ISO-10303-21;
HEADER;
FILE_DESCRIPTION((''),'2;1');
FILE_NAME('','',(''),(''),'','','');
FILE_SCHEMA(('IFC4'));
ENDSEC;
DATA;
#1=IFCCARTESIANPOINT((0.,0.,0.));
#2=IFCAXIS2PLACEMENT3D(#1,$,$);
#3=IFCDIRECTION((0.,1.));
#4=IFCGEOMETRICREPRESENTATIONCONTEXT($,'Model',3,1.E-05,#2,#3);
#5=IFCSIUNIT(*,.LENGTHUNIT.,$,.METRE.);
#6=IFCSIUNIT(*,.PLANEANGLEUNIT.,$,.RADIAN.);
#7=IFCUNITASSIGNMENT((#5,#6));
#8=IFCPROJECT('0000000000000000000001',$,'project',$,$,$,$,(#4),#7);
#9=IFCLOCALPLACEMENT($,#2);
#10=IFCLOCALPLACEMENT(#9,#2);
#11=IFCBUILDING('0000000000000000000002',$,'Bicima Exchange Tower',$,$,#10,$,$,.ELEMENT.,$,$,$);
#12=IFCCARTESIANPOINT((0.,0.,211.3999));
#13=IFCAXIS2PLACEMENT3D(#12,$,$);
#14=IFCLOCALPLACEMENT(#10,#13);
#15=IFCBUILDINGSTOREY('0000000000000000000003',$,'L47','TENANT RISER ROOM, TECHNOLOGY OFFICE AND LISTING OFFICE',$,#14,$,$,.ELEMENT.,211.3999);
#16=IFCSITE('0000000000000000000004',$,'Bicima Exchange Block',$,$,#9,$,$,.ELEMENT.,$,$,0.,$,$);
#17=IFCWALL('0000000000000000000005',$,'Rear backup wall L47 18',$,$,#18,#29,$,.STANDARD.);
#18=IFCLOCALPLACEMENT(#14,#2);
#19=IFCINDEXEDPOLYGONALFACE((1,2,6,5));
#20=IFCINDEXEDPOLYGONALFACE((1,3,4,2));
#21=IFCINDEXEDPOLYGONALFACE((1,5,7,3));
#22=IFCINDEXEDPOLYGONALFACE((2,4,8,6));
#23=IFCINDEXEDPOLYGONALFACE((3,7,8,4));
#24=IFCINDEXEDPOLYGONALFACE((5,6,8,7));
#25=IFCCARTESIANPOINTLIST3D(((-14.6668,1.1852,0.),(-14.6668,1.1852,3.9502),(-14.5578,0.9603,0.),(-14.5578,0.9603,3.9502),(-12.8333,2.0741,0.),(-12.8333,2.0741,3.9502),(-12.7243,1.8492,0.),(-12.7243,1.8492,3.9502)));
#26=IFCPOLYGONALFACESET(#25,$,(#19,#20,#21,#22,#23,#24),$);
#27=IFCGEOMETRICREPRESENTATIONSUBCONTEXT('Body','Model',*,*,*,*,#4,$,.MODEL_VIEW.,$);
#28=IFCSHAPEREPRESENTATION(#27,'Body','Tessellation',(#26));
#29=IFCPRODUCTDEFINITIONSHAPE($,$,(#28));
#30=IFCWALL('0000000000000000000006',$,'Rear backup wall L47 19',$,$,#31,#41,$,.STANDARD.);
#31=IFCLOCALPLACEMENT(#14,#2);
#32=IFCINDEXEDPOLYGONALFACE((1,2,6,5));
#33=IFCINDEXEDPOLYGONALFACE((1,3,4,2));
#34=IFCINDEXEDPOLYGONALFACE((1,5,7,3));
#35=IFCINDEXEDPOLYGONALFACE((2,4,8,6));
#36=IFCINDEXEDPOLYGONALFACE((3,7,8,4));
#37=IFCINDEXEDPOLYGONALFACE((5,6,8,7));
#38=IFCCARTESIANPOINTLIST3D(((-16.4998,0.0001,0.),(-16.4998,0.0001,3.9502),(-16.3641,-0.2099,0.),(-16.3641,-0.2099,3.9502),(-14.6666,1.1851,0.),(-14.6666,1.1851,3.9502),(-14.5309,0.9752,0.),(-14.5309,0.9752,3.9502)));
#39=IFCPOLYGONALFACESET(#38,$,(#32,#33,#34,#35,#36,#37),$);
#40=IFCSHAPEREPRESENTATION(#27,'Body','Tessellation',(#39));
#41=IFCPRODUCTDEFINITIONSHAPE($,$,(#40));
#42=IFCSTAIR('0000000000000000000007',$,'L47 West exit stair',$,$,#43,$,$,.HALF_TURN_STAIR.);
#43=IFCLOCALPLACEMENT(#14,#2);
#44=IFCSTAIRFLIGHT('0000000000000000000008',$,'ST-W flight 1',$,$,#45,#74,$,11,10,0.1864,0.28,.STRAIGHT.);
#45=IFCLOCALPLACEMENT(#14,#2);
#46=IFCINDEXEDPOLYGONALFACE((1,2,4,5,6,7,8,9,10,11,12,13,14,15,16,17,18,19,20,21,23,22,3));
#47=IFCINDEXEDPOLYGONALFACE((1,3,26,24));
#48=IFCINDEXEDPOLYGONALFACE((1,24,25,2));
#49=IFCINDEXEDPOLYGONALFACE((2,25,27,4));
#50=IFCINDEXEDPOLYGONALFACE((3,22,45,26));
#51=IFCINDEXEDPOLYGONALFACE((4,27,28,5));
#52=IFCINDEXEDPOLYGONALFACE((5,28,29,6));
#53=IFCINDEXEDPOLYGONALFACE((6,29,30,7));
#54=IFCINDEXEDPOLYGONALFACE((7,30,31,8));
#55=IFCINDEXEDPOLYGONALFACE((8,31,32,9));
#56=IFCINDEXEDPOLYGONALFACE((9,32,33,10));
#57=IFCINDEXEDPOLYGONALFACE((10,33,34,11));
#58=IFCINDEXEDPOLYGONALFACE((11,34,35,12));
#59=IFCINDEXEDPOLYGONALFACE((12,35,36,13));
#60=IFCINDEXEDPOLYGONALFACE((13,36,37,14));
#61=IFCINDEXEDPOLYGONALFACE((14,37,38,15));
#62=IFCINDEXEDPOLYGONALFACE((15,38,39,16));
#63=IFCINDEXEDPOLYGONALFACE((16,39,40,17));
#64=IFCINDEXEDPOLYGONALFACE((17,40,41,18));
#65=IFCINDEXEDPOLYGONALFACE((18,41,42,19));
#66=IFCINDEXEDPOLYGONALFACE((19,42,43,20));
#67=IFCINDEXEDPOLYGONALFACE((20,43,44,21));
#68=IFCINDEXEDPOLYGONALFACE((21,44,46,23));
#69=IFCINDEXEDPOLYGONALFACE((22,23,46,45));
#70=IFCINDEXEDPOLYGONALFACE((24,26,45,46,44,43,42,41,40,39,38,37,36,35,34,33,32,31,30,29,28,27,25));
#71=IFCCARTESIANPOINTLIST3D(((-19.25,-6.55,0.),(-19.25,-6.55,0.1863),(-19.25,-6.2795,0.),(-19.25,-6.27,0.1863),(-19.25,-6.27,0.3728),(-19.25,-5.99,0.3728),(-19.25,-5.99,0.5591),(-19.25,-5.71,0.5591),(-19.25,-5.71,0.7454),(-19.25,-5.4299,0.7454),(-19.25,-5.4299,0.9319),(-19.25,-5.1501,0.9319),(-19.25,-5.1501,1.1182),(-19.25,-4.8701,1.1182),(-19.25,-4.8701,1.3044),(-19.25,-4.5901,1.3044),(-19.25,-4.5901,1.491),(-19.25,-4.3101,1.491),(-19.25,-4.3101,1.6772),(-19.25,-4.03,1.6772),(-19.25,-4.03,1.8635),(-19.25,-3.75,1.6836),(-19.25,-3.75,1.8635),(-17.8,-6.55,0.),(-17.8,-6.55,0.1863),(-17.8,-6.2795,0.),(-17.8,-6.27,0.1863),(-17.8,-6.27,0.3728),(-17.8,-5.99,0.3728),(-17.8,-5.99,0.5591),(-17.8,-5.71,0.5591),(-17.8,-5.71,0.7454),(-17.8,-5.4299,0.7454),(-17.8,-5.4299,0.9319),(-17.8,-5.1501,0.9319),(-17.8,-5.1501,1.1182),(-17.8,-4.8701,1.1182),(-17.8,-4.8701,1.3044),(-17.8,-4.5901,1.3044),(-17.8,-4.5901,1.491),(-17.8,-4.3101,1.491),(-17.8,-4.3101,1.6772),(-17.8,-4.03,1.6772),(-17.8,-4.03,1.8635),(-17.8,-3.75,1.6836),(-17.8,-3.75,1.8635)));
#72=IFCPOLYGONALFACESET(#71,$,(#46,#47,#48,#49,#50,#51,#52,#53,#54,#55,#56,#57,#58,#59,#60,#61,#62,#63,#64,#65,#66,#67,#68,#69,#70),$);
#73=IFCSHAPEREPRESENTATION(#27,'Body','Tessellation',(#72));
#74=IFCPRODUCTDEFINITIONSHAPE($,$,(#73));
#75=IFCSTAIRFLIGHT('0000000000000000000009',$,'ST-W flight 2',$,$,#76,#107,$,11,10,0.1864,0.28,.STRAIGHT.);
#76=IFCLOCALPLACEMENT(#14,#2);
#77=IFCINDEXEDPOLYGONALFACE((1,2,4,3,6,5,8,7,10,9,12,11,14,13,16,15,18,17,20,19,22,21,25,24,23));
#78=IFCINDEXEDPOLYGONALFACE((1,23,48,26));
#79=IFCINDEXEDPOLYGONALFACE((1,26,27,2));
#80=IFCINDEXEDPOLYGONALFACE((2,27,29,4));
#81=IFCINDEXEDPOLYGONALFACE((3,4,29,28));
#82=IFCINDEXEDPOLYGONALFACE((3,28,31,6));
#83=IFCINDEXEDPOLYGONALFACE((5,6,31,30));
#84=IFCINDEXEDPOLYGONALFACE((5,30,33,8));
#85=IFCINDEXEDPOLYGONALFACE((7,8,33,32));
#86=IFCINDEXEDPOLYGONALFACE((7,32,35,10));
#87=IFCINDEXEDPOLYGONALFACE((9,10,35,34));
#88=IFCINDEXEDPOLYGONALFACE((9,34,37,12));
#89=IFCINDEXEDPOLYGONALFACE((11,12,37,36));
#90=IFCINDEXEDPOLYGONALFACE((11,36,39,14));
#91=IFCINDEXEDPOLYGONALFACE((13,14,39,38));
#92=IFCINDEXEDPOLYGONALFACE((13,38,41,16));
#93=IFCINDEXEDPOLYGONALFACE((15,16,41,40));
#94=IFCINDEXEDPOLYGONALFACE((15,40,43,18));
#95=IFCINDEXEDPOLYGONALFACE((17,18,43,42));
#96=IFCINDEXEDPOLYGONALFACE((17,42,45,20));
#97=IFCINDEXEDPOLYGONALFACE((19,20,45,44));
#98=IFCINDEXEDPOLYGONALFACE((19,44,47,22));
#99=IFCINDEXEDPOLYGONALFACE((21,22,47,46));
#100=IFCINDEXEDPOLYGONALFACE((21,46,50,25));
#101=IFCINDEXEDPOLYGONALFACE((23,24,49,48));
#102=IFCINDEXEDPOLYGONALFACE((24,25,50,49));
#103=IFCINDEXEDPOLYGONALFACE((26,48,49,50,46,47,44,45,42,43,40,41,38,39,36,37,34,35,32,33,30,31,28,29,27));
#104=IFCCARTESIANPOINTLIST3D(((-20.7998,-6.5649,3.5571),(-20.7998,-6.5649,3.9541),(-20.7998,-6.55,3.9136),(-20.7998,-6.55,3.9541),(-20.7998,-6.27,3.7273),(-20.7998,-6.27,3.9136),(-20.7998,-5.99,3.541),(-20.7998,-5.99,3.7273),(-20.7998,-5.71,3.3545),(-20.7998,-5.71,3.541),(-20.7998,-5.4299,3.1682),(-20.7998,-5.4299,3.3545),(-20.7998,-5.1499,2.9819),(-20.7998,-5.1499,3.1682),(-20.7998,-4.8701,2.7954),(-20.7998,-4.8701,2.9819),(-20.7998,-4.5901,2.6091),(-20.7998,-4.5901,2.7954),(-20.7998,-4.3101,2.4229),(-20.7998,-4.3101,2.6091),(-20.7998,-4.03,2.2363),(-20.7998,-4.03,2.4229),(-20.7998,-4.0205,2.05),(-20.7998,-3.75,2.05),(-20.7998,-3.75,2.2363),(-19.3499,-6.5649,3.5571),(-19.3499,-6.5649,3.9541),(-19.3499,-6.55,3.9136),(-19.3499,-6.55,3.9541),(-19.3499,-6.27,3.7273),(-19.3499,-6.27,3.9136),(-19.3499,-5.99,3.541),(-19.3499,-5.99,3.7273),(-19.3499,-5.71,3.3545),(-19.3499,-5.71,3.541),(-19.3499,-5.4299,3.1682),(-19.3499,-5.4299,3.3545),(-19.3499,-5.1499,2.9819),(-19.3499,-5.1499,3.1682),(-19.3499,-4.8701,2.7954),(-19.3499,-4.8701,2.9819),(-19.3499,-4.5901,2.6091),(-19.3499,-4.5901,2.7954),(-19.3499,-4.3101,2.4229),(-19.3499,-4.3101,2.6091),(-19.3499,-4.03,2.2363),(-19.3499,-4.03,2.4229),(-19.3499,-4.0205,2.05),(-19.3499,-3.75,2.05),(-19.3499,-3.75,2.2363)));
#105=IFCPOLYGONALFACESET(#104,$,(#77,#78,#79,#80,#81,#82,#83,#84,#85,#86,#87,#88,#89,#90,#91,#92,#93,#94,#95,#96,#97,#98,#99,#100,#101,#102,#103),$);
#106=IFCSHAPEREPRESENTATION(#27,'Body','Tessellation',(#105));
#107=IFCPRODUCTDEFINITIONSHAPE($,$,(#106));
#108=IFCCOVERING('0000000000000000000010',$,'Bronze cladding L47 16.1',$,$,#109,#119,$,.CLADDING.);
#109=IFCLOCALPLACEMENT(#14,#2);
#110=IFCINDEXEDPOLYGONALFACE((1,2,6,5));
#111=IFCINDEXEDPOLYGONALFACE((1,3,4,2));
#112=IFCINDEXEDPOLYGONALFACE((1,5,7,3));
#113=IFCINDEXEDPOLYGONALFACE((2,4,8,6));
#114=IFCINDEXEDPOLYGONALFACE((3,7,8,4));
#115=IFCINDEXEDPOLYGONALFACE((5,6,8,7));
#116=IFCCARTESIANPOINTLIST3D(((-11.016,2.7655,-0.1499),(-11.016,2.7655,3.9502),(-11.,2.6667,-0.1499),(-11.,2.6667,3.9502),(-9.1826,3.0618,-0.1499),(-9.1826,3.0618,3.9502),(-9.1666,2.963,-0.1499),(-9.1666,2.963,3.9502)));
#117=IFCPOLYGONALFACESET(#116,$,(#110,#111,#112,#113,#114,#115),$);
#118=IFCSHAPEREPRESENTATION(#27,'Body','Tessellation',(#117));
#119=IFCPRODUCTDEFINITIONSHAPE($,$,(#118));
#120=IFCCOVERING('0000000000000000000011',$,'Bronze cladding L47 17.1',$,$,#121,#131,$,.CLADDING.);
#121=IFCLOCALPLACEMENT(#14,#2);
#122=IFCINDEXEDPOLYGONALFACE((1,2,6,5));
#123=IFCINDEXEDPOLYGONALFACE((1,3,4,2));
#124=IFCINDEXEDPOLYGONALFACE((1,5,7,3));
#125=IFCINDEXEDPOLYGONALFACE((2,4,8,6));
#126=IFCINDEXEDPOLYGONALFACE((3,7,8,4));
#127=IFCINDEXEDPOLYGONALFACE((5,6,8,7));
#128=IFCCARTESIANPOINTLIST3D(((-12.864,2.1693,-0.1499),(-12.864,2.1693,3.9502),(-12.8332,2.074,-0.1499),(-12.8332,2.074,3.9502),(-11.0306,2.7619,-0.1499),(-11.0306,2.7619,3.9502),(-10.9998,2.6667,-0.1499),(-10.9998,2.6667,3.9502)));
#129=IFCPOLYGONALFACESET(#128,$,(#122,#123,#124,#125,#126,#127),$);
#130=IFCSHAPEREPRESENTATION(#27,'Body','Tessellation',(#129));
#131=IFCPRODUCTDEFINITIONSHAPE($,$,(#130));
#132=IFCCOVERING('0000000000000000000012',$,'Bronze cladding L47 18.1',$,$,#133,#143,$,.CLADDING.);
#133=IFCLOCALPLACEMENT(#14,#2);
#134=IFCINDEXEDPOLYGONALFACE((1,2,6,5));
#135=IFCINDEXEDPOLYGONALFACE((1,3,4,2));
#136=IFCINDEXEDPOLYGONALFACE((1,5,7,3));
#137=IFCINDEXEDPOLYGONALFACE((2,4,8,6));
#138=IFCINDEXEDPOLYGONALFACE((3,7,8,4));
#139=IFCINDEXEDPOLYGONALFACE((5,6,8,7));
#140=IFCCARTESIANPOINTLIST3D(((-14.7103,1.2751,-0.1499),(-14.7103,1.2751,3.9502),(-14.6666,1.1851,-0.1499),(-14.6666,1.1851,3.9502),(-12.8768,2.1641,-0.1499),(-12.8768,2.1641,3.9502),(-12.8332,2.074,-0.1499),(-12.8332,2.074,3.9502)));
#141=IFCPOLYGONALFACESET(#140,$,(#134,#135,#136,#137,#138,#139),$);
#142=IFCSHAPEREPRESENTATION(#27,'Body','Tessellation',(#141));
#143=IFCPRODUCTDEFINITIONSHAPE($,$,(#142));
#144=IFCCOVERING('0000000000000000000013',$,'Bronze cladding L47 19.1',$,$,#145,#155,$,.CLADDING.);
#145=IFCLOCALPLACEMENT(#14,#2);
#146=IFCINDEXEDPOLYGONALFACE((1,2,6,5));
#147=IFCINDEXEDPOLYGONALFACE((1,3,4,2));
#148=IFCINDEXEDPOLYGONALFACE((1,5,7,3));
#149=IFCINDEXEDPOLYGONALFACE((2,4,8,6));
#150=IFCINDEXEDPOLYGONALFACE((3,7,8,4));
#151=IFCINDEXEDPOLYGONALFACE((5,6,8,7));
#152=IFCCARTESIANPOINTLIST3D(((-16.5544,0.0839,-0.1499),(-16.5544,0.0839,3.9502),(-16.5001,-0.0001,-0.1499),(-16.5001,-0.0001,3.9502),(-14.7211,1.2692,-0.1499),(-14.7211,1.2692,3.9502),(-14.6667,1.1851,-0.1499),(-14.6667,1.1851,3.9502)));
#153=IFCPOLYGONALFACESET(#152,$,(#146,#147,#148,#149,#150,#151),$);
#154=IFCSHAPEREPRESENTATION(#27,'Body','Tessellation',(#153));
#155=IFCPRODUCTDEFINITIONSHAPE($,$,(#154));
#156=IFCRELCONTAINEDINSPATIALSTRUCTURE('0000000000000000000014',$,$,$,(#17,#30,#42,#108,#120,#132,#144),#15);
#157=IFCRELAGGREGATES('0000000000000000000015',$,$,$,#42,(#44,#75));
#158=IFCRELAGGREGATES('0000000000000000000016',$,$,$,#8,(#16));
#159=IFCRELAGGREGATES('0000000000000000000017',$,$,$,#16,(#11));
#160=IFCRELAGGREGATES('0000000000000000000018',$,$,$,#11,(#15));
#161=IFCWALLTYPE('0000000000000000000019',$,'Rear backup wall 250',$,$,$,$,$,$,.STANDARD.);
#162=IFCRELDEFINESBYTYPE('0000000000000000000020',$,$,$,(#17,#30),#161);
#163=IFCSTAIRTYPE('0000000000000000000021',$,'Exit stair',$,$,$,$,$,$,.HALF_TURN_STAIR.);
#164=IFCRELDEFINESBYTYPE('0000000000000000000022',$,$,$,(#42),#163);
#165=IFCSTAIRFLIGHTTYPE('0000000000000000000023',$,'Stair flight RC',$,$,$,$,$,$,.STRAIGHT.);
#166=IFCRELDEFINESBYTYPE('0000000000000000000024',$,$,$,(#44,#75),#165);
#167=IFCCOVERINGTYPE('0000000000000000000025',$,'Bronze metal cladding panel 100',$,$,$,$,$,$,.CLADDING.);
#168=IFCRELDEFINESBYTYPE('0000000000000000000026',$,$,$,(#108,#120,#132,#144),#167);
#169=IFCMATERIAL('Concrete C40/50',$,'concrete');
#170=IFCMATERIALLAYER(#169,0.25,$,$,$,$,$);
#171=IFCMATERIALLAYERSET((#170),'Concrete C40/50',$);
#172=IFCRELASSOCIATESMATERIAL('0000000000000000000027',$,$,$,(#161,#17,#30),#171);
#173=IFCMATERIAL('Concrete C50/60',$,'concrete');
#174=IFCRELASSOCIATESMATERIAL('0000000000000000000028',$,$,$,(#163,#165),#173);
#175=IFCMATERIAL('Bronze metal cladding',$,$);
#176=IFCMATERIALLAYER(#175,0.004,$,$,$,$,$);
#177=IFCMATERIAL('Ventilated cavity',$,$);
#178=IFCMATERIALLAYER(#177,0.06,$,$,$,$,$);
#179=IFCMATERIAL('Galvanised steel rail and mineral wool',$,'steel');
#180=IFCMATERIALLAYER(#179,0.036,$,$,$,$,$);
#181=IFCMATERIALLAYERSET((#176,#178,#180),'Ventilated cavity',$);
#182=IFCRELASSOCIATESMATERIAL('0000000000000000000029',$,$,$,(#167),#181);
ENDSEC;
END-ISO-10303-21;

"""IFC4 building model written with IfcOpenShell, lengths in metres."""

from ifc_helpers import new_model, si_unit, direction, frame, frame_2d, origin, origin_2d, place, context, subcontext, project, spatial, polyline, rectangle, outline, extrude, material, layer, layer_set, layer_usage, type_object, element, aggregate, save


model = new_model("IFC4")

# Units and contexts
model_context = context("Model", 3, precision=1e-05, world=origin(), true_north=direction((0.0, 1.0)))
body_context = subcontext(model_context, "Body", "Model", "MODEL_VIEW")
ifc_project = project(units=[si_unit("LENGTHUNIT", "METRE"), si_unit("PLANEANGLEUNIT", "RADIAN")], contexts=[model_context])

# Site, building, storey
site_placement = place(None, origin())
site = spatial("IfcSite", under=ifc_project, at=site_placement, Name="Bicima Exchange Block", CompositionType="ELEMENT", RefElevation=0.0)
building_placement = place(site_placement, origin())
building = spatial("IfcBuilding", under=site, at=building_placement, Name="Bicima Exchange Tower", CompositionType="ELEMENT")
storey_placement = place(building_placement, frame((0.0, 0.0, 211.3999)))
storey = spatial("IfcBuildingStorey", under=building, at=storey_placement, Name="L47", Description="TENANT RISER ROOM, TECHNOLOGY OFFICE AND LISTING OFFICE", CompositionType="ELEMENT", Elevation=211.3999)

# Shared definitions
ifc_material_1 = material(Name="Concrete C50/60", Category="concrete")

# Walls
ifc_material_2 = material(Name="Concrete C40/50", Category="concrete")
ifc_layer_1 = layer(ifc_material_2, 0.25)
ifc_layer_set_1 = layer_set([ifc_layer_1], Name="Concrete C40/50")
ifc_layer_usage = layer_usage(ifc_layer_set_1, "AXIS2", "POSITIVE", -0.125)
wall_type_1 = type_object("IfcWallType", Name="Rear backup wall 250", PredefinedType="STANDARD", material=ifc_layer_set_1)
wall_1_placement = place(storey_placement, frame((-12.7788, 1.9617, 0.0), z_axis=(0.0, 0.0, 1.0), x_axis=(-0.899824, -0.436253, 0.0)))
element("IfcWall", 1, at=wall_1_placement, inside=storey, type_object=wall_type_1, material=ifc_layer_usage, Name="Rear backup wall L47 18", PredefinedType="STANDARD", context=body_context, shape_type="SweptSolid", body=[
    extrude(rectangle(XDim=2.0376, YDim=0.25, at=frame_2d((1.0188, 0.0))), origin(), (0.0, 0.0, 1.0), 3.9502),
])
wall_2_placement = place(storey_placement, frame((-14.5989, 1.0801, 0.0), z_axis=(0.0, 0.0, 1.0), x_axis=(-0.839813, -0.542876, 0.0)))
element("IfcWall", 2, at=wall_2_placement, inside=storey, type_object=wall_type_1, material=ifc_layer_usage, Name="Rear backup wall L47 19", PredefinedType="STANDARD", context=body_context, shape_type="SweptSolid", body=[
    extrude(rectangle(XDim=2.1829, YDim=0.25, at=frame_2d((1.0913, 0.0))), origin(), (0.0, 0.0, 1.0), 3.9502),
])

# Stair, stair flights
stair_type = type_object("IfcStairType", Name="Exit stair", PredefinedType="HALF_TURN_STAIR", material=ifc_material_1)
stair_placement = place(storey_placement, origin())
stair = element("IfcStair", 3, at=stair_placement, inside=storey, type_object=stair_type, Name="L47 West exit stair", PredefinedType="HALF_TURN_STAIR")
stair_flight_type = type_object("IfcStairFlightType", Name="Stair flight RC", PredefinedType="STRAIGHT", material=ifc_material_1)
stair_flight_1_placement = place(storey_placement, frame((-18.5249, -6.55, 0.0), z_axis=(0.0, 0.0, 1.0), x_axis=(0.0, 1.0, 0.0)))
stair_flight_1 = element("IfcStairFlight", 4, at=stair_flight_1_placement, type_object=stair_flight_type, Name="ST-W flight 1", NumberOfRisers=11, NumberOfTreads=10, PredefinedType="STRAIGHT", RiserHeight=0.1864, TreadLength=0.28, context=body_context, shape_type="SweptSolid", body=[
    extrude(outline(polyline([(0.0, 0.0), (0.0, 0.1863), (0.28, 0.1863), (0.28, 0.3728), (0.5601, 0.3728), (0.5601, 0.5591), (0.8401, 0.5591), (0.8401, 0.7454), (1.1201, 0.7454), (1.1201, 0.9319), (1.3999, 0.9319), (1.3999, 1.1182), (1.6799, 1.1182), (1.6799, 1.3044), (1.96, 1.3044), (1.96, 1.491), (2.24, 1.491), (2.24, 1.6772), (2.52, 1.6772), (2.52, 1.8635), (2.8, 1.8635), (2.8, 2.05), (2.8, 1.6836), (0.2705, 0.0), (0.0, 0.0)])), frame((0.0, 0.7251, 0.0), z_axis=(0.0, -1.0, 0.0), x_axis=(1.0, 0.0, 0.0)), (0.0, 0.0, 1.0), 1.45),
])
stair_flight_2_placement = place(storey_placement, frame((-20.075, -3.75, 2.05), z_axis=(0.0, 0.0, 1.0), x_axis=(0.0, -1.0, 0.0)))
stair_flight_2 = element("IfcStairFlight", 5, at=stair_flight_2_placement, type_object=stair_flight_type, Name="ST-W flight 2", NumberOfRisers=11, NumberOfTreads=10, PredefinedType="STRAIGHT", RiserHeight=0.1864, TreadLength=0.28, context=body_context, shape_type="SweptSolid", body=[
    extrude(outline(polyline([(0.0, 0.0), (0.0, 0.1863), (0.28, 0.1863), (0.28, 0.3728), (0.5601, 0.3728), (0.5601, 0.5591), (0.8401, 0.5591), (0.8401, 0.7454), (1.1201, 0.7454), (1.1201, 0.9319), (1.3999, 0.9319), (1.3999, 1.1182), (1.6799, 1.1182), (1.6799, 1.3044), (1.96, 1.3044), (1.96, 1.491), (2.24, 1.491), (2.24, 1.6772), (2.52, 1.6772), (2.52, 1.8635), (2.8, 1.8635), (2.8, 1.9041), (2.8149, 1.9041), (2.8149, 1.5071), (0.2705, 0.0), (0.0, 0.0)])), frame((0.0, 0.7251, 0.0), z_axis=(0.0, -1.0, 0.0), x_axis=(1.0, 0.0, 0.0)), (0.0, 0.0, 1.0), 1.45),
])
aggregate(stair, [stair_flight_1, stair_flight_2])

# Coverings
ifc_material_3 = material(Name="Bronze metal cladding")
ifc_layer_2 = layer(ifc_material_3, 0.004)
ifc_material_4 = material(Name="Ventilated cavity")
ifc_layer_3 = layer(ifc_material_4, 0.06)
ifc_material_5 = material(Name="Galvanised steel rail and mineral wool", Category="steel")
ifc_layer_4 = layer(ifc_material_5, 0.036)
ifc_layer_set_2 = layer_set([ifc_layer_2, ifc_layer_3, ifc_layer_4], Name="Ventilated cavity")
covering_type = type_object("IfcCoveringType", Name="Bronze metal cladding panel 100", PredefinedType="CLADDING", material=ifc_layer_set_2)
covering_1_placement = place(storey_placement, frame((-10.0913, 2.8643, -0.1499), z_axis=(0.0, 0.0, 1.0), x_axis=(-0.98719, -0.15955, 0.0)))
element("IfcCovering", 6, at=covering_1_placement, inside=storey, type_object=covering_type, Name="Bronze cladding L47 16.1", PredefinedType="CLADDING", context=body_context, shape_type="SweptSolid", body=[
    extrude(rectangle(XDim=1.8572, YDim=0.1001, at=origin_2d()), origin(), (0.0, 0.0, 1.0), 4.1001),
])
covering_2_placement = place(storey_placement, frame((-11.9319, 2.418, -0.1499), z_axis=(0.0, 0.0, 1.0), x_axis=(-0.951525, -0.307573, 0.0)))
element("IfcCovering", 7, at=covering_2_placement, inside=storey, type_object=covering_type, Name="Bronze cladding L47 17.1", PredefinedType="CLADDING", context=body_context, shape_type="SweptSolid", body=[
    extrude(rectangle(XDim=1.9268, YDim=0.1001, at=origin_2d()), origin(), (0.0, 0.0, 1.0), 4.1001),
])
covering_3_placement = place(storey_placement, frame((-13.7717, 1.6746, -0.1499), z_axis=(0.0, 0.0, 1.0), x_axis=(-0.899818, -0.436265, 0.0)))
element("IfcCovering", 8, at=covering_3_placement, inside=storey, type_object=covering_type, Name="Bronze cladding L47 18.1", PredefinedType="CLADDING", context=body_context, shape_type="SweptSolid", body=[
    extrude(rectangle(XDim=2.0376, YDim=0.1001, at=origin_2d()), origin(), (0.0, 0.0, 1.0), 4.1001),
])
covering_4_placement = place(storey_placement, frame((-15.6106, 0.6345, -0.1499), z_axis=(0.0, 0.0, 1.0), x_axis=(-0.83979, -0.542911, 0.0)))
element("IfcCovering", 9, at=covering_4_placement, inside=storey, type_object=covering_type, Name="Bronze cladding L47 19.1", PredefinedType="CLADDING", context=body_context, shape_type="SweptSolid", body=[
    extrude(rectangle(XDim=2.1831, YDim=0.1001, at=origin_2d()), origin(), (0.0, 0.0, 1.0), 4.1001),
])

save(model, "model.ifc")
